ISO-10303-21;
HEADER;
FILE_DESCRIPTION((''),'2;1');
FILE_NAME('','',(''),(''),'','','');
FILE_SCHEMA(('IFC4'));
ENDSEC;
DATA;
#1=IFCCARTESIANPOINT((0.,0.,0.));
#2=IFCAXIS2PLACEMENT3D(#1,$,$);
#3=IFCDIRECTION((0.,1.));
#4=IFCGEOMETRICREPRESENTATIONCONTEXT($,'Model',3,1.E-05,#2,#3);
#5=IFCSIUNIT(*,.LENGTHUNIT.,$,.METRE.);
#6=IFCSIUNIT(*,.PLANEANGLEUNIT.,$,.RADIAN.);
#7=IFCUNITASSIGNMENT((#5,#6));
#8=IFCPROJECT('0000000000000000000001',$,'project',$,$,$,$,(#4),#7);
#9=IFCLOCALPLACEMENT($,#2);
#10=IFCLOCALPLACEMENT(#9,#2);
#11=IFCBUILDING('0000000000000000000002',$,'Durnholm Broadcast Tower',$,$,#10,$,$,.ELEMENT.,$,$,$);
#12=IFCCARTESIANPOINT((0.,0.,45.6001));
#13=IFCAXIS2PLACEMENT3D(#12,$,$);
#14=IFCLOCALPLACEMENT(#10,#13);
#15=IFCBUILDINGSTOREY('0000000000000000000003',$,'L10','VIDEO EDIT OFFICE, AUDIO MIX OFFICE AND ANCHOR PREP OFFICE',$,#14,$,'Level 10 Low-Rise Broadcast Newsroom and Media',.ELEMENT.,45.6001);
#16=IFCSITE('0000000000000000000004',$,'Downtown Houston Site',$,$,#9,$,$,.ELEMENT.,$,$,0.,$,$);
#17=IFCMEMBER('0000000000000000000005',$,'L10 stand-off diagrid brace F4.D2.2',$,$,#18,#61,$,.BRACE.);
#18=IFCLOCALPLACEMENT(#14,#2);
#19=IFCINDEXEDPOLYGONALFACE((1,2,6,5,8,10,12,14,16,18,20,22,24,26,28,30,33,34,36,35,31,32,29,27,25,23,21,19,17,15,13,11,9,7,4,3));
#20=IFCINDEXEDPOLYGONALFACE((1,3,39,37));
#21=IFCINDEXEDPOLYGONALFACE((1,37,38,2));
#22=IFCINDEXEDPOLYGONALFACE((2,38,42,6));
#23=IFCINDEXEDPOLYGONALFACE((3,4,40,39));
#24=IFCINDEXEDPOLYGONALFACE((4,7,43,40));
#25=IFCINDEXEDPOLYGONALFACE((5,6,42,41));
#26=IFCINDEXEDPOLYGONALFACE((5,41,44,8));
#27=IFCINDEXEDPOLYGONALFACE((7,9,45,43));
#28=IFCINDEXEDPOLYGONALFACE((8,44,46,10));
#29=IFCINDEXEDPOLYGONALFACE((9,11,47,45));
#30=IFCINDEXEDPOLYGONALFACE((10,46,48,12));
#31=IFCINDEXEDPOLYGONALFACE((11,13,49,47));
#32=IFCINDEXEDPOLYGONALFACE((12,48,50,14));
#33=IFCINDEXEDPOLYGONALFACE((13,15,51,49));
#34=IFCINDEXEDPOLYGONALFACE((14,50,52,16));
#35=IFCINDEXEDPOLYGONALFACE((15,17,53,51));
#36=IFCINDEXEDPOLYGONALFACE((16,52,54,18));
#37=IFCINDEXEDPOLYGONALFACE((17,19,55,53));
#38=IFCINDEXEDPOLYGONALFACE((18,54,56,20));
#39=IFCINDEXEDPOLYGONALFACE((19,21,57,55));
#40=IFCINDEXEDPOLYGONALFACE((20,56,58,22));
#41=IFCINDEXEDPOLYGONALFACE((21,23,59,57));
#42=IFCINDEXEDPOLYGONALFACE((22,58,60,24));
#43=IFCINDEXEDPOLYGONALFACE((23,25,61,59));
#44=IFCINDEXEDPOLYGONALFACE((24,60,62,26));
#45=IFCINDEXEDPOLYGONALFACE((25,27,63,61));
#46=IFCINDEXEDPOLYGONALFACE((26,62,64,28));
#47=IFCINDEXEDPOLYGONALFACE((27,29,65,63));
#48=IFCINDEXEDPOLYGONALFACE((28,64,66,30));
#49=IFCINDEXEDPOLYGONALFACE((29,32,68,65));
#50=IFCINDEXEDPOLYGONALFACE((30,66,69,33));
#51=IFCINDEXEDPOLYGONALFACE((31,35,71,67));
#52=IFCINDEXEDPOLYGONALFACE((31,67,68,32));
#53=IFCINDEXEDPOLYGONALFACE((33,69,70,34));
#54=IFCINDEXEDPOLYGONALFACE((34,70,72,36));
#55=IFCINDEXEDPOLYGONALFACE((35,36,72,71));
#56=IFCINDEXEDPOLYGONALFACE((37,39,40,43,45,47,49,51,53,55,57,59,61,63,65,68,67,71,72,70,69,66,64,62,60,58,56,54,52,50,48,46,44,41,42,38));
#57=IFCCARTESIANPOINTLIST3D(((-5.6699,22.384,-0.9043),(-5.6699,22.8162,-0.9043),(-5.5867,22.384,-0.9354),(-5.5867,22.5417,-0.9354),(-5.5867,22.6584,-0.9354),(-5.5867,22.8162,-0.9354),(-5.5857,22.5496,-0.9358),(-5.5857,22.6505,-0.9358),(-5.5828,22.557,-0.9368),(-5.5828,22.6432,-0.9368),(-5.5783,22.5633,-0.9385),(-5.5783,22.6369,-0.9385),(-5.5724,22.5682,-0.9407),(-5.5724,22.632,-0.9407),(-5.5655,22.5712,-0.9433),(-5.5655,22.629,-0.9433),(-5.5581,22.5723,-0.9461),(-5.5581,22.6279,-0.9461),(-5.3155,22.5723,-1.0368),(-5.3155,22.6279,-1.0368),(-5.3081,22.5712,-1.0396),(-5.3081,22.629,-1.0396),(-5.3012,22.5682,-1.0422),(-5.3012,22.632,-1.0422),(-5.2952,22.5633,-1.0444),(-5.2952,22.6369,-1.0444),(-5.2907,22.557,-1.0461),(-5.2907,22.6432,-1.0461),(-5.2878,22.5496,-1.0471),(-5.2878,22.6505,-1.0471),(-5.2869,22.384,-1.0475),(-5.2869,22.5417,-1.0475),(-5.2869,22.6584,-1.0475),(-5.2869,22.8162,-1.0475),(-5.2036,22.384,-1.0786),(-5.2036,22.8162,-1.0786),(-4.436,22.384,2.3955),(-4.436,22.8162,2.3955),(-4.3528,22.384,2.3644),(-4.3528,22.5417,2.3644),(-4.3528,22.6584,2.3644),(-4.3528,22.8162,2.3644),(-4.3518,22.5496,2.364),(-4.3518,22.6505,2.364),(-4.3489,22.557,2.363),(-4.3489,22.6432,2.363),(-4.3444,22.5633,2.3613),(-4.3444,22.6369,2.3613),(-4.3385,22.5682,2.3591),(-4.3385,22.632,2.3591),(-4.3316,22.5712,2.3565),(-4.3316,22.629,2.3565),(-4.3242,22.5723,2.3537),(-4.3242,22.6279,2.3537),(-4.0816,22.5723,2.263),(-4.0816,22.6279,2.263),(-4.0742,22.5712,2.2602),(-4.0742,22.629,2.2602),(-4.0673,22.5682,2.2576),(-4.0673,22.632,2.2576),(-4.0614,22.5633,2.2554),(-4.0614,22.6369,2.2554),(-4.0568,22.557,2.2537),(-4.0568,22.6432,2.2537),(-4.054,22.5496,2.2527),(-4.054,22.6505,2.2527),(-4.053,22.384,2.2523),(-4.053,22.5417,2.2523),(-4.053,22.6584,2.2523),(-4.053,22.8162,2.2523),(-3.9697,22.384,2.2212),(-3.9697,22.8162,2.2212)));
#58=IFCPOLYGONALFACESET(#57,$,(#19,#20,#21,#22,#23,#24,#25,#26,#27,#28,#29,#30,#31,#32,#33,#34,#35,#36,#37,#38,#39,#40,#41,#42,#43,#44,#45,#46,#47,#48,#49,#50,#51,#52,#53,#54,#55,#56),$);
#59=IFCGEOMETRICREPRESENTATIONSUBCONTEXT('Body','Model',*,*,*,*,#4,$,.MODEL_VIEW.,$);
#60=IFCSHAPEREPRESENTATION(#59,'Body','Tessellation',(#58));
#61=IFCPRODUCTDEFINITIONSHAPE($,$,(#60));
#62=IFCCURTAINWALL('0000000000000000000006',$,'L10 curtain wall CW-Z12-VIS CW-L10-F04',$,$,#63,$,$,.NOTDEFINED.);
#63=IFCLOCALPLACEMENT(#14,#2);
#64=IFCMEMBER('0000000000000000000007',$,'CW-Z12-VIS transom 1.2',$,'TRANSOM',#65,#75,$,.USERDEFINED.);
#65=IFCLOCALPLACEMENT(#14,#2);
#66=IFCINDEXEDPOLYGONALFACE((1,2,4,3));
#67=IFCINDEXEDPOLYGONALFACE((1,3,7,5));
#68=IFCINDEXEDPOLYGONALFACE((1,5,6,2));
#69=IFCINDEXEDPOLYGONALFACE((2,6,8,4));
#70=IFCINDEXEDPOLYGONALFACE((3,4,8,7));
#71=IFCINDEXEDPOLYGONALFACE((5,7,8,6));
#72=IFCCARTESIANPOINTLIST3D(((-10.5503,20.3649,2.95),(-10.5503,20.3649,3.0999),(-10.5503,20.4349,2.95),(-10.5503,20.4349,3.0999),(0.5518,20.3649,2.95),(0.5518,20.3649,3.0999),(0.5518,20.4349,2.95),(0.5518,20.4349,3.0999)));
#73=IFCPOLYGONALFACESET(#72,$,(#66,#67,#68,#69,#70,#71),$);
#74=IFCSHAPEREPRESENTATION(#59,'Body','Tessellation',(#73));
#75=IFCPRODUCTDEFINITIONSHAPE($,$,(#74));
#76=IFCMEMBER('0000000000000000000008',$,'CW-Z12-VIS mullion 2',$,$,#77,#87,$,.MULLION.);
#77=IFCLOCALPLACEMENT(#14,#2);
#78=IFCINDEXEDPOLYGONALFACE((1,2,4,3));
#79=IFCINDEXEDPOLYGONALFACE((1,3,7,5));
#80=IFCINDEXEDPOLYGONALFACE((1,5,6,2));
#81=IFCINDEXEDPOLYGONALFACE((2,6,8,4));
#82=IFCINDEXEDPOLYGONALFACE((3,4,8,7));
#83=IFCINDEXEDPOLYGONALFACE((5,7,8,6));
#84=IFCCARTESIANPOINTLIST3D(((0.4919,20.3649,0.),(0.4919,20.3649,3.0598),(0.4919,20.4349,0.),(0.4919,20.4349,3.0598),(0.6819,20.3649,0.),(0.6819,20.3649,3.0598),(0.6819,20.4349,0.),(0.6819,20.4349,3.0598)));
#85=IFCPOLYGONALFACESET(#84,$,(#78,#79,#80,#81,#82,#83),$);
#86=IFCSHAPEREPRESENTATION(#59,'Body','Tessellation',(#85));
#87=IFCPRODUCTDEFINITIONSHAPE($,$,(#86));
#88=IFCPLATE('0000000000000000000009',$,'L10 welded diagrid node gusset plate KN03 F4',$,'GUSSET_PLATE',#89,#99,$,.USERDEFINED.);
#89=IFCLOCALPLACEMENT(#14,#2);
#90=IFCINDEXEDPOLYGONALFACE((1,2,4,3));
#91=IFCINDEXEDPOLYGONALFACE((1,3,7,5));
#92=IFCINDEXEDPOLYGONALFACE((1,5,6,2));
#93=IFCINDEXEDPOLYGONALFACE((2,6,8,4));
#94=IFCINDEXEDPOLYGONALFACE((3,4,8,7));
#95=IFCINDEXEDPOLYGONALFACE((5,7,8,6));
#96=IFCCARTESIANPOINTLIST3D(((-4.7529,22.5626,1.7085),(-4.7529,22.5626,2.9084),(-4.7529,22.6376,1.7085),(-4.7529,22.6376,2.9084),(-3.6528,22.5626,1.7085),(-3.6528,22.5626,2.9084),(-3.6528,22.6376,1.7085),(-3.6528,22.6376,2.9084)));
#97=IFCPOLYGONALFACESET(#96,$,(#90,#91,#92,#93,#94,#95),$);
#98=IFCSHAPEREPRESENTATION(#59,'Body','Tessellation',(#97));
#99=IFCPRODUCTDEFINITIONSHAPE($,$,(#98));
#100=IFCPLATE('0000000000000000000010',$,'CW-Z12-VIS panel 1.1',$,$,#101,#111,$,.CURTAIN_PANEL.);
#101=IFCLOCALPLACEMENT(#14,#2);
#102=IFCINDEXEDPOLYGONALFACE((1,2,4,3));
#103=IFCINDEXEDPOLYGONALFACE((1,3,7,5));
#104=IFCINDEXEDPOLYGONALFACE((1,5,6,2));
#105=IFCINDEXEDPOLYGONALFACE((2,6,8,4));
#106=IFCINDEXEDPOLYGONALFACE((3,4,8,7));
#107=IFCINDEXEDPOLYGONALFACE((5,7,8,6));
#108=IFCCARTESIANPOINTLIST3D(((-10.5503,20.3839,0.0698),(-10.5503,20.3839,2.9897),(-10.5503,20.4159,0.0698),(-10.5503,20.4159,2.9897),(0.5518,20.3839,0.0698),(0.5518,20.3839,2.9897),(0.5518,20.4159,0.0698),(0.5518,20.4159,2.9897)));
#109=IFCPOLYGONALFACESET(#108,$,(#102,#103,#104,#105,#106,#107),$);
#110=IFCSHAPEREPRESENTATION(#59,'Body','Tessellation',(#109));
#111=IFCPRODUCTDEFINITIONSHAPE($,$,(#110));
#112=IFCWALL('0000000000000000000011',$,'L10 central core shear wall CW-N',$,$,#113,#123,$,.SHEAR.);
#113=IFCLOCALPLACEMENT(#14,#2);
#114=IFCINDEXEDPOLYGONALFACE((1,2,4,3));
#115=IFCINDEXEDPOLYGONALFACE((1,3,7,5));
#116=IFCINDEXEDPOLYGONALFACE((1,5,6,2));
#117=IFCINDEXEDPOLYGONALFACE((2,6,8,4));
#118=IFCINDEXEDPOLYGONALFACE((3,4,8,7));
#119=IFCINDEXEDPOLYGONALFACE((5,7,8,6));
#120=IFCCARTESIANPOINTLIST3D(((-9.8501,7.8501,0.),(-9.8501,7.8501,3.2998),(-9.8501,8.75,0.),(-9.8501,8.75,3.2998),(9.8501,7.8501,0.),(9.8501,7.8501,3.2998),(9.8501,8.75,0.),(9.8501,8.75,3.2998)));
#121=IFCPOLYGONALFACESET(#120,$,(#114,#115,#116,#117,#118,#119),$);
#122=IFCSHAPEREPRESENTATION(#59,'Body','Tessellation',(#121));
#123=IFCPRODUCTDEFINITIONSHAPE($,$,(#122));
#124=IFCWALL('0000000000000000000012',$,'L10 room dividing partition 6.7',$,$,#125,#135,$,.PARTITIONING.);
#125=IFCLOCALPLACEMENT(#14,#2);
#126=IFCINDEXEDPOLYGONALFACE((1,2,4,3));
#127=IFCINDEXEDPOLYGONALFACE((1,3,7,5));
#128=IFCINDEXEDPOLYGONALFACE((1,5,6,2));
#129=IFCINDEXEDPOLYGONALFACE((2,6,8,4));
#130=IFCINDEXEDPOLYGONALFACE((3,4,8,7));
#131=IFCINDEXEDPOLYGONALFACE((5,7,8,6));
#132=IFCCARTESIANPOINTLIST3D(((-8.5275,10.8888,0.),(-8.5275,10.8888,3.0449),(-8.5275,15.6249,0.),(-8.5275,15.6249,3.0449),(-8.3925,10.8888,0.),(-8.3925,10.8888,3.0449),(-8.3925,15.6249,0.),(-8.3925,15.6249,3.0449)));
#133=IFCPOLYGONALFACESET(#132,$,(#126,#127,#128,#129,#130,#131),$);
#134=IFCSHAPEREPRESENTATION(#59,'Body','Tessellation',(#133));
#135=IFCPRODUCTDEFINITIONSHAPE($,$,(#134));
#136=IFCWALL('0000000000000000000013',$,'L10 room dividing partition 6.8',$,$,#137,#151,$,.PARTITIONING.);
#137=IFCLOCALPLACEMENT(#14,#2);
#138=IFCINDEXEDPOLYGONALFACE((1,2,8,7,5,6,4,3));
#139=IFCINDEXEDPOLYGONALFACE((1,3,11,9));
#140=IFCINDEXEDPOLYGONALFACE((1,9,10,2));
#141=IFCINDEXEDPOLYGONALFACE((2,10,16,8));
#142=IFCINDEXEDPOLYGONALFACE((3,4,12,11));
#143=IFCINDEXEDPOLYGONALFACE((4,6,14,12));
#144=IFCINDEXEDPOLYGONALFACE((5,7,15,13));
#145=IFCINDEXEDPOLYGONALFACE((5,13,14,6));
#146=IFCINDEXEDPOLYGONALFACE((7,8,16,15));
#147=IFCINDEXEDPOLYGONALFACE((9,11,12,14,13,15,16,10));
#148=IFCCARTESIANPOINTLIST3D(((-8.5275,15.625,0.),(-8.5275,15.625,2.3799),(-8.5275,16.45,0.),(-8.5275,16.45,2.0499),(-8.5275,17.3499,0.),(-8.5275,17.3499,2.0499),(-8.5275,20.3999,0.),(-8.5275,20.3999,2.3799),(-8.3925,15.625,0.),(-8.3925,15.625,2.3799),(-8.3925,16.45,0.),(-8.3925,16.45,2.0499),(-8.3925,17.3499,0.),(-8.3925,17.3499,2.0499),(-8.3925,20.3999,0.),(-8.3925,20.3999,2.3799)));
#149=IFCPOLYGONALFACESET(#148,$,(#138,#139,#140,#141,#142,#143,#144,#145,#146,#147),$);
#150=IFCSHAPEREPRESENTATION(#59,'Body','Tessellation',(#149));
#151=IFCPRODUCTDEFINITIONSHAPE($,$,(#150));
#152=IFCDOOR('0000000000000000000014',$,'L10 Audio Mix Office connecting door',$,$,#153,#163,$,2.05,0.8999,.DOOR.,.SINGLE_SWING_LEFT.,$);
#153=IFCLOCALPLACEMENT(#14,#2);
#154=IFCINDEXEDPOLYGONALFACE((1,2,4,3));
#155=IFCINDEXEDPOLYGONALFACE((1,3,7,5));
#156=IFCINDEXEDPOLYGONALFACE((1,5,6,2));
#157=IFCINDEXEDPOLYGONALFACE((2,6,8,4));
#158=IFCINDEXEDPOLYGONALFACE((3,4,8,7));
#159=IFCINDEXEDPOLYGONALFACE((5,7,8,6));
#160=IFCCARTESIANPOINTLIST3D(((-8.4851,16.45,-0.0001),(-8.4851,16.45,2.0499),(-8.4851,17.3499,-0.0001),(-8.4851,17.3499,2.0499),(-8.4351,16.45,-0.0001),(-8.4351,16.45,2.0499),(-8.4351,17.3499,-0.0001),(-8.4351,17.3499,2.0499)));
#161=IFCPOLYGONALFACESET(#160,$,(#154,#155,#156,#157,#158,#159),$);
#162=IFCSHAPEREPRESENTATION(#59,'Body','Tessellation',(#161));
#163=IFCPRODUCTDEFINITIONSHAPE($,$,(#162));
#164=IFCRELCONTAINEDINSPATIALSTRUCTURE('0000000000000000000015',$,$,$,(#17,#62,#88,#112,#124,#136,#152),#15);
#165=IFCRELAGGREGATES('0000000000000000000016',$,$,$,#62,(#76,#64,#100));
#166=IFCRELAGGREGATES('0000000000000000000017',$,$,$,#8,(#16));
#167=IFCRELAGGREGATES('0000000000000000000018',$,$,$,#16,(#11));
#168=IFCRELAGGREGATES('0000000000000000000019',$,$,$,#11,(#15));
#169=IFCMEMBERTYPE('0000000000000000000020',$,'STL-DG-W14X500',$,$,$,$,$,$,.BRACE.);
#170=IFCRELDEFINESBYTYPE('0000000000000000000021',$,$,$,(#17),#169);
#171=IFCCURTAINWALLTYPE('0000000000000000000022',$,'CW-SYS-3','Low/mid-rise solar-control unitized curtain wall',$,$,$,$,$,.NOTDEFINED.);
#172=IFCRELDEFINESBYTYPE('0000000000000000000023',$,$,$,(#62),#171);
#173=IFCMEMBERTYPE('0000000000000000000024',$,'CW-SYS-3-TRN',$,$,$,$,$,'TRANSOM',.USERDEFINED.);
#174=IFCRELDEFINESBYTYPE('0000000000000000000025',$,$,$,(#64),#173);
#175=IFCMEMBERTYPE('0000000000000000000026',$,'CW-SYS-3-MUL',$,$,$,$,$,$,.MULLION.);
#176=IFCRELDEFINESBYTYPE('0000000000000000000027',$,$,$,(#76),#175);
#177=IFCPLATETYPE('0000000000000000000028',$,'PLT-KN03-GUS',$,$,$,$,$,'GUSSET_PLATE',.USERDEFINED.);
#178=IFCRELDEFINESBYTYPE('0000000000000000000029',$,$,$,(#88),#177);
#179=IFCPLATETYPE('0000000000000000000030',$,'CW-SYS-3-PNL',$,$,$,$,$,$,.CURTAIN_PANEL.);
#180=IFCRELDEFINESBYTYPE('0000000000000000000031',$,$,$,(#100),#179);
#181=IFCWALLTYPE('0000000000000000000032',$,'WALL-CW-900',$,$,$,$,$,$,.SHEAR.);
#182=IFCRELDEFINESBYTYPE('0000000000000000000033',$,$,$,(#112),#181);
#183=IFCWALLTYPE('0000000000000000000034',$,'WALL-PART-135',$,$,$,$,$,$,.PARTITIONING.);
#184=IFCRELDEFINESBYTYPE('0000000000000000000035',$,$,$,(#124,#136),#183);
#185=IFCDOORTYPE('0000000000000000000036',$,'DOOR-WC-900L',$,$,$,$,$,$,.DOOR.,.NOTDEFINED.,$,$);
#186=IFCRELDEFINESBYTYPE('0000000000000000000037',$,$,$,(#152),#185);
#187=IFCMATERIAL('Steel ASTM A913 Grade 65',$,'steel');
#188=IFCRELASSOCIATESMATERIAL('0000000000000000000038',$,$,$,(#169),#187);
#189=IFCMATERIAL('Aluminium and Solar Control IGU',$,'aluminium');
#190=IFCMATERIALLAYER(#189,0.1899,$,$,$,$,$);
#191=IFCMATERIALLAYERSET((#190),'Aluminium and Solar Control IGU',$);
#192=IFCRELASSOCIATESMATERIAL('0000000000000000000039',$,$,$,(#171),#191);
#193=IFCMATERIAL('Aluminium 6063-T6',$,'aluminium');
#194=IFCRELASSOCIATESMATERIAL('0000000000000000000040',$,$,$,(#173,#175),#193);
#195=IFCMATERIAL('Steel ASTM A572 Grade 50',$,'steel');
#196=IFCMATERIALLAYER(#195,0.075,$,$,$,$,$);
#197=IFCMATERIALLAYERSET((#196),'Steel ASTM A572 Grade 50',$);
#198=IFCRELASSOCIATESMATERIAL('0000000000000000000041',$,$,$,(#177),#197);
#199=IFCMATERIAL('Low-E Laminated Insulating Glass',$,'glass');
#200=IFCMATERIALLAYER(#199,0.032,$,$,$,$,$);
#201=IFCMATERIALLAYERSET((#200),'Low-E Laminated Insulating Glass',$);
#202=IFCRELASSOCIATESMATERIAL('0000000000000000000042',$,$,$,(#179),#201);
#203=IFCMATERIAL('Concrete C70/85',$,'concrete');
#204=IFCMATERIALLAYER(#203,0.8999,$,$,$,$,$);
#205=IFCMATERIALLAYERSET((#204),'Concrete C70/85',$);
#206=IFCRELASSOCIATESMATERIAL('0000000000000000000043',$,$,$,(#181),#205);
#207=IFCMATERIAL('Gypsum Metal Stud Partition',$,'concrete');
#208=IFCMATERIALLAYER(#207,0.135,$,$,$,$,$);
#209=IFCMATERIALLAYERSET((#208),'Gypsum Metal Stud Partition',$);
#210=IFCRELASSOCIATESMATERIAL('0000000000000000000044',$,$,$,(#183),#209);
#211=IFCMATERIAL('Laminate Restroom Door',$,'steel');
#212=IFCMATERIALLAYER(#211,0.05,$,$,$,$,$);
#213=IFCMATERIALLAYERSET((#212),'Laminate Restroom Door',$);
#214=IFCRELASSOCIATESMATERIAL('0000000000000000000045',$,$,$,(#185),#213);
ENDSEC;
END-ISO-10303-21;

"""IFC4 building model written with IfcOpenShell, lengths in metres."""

from ifc_helpers import new_model, si_unit, direction, frame, frame_2d, origin, origin_2d, place, context, subcontext, project, spatial, rectangle, i_section, extrude, source, transform, mapped, material, layer, layer_set, material_profile, profile_set, type_object, type_shapes, element, fill, aggregate, save


model = new_model("IFC4")

# Units and contexts
model_context = context("Model", 3, precision=1e-05, world=origin(), true_north=direction((0.0, 1.0)))
body_context = subcontext(model_context, "Body", "Model", "MODEL_VIEW")
ifc_project = project(units=[si_unit("LENGTHUNIT", "METRE"), si_unit("PLANEANGLEUNIT", "RADIAN")], contexts=[model_context])

# Site, building, storey
site_placement = place(None, origin())
site = spatial("IfcSite", under=ifc_project, at=site_placement, Name="Downtown Houston Site", CompositionType="ELEMENT", RefElevation=0.0)
building_placement = place(site_placement, origin())
building = spatial("IfcBuilding", under=site, at=building_placement, Name="Durnholm Broadcast Tower", CompositionType="ELEMENT")
storey_placement = place(building_placement, frame((0.0, 0.0, 45.6001)))
storey = spatial("IfcBuildingStorey", under=building, at=storey_placement, Name="L10", Description="VIDEO EDIT OFFICE, AUDIO MIX OFFICE AND ANCHOR PREP OFFICE", LongName="Level 10 Low-Rise Broadcast Newsroom and Media", CompositionType="ELEMENT", Elevation=45.6001)

# Shared definitions
ifc_material_1 = material(Name="Concrete C70/85", Category="concrete")

# Member
ifc_material_2 = material(Name="Steel ASTM A913 Grade 65", Category="steel")
ifc_material_profile_1 = material_profile(ifc_material_2, i_section(OverallWidth=0.4321, OverallDepth=0.4978, WebThickness=0.0557, FlangeThickness=0.0889, FilletRadius=0.0305, at=origin_2d()), Name="W14X500")
ifc_profile_set_1 = profile_set([ifc_material_profile_1], Name="Steel ASTM A913 Grade 65")
member_type_1 = type_object("IfcMemberType", Name="STL-DG-W14X500", PredefinedType="BRACE", material=ifc_profile_set_1)
shared_shape_1 = source(origin(), body_context, "Body", "SweptSolid", [
    extrude(i_section(OverallWidth=0.4321, OverallDepth=0.4978, WebThickness=0.0557, FlangeThickness=0.0889, FilletRadius=0.0305, at=origin_2d()), origin(), (0.0, 0.0, 1.0), 3.5229),
])
type_shapes(member_type_1, [shared_shape_1])
for number, where, z_axis, x_axis, name in (
    (1, (-5.4368, 22.6001, -0.9915), (0.350242, 0.0, 0.936659), (0.0, 1.0, 0.0), "L10 stand-off diagrid brace F4.D2.2"),
):
    element("IfcMember", number, at=place(storey_placement, frame(where, z_axis=z_axis, x_axis=x_axis)), inside=storey, type_object=member_type_1, Name=name, PredefinedType="BRACE", context=body_context, shape_type="MappedRepresentation", body=[
        mapped(shared_shape_1, transform((0.0, 0.0, 0.0), x_axis=(1.0, 0.0, 0.0), y_axis=(0.0, 1.0, 0.0), z_axis=(0.0, 0.0, 1.0), scale=1.0)),
    ])

# Curtain wall, members
ifc_material_3 = material(Name="Aluminium and Solar Control IGU", Category="aluminium")
ifc_layer_1 = layer(ifc_material_3, 0.1899)
ifc_layer_set_1 = layer_set([ifc_layer_1], Name="Aluminium and Solar Control IGU")
curtain_wall_type = type_object("IfcCurtainWallType", Name="CW-SYS-3", Description="Low/mid-rise solar-control unitized curtain wall", PredefinedType="NOTDEFINED", material=ifc_layer_set_1)
curtain_wall_placement = place(storey_placement, origin())
curtain_wall = element("IfcCurtainWall", 2, at=curtain_wall_placement, inside=storey, type_object=curtain_wall_type, Name="L10 curtain wall CW-Z12-VIS CW-L10-F04", PredefinedType="NOTDEFINED")
ifc_material_4 = material(Name="Aluminium 6063-T6", Category="aluminium")
ifc_material_profile_2 = material_profile(ifc_material_4, rectangle(XDim=0.0701, YDim=0.1499, at=origin_2d()), Name="CWT70X150")
ifc_profile_set_2 = profile_set([ifc_material_profile_2], Name="Aluminium 6063-T6")
member_type_2 = type_object("IfcMemberType", Name="CW-SYS-3-TRN", ElementType="TRANSOM", PredefinedType="USERDEFINED", material=ifc_profile_set_2)
shared_shape_2 = source(origin(), body_context, "Body", "SweptSolid", [
    extrude(rectangle(XDim=0.0701, YDim=0.1499, at=origin_2d()), origin(), (0.0, 0.0, 1.0), 11.1021),
])
type_shapes(member_type_2, [shared_shape_2])
member_1_placement = place(storey_placement, frame((-10.5503, 20.3999, 3.0249), z_axis=(1.0, 0.0, 0.0), x_axis=(0.0, 1.0, 0.0)))
member_1 = element("IfcMember", 3, at=member_1_placement, type_object=member_type_2, Name="CW-Z12-VIS transom 1.2", ObjectType="TRANSOM", PredefinedType="USERDEFINED", context=body_context, shape_type="MappedRepresentation", body=[
    mapped(shared_shape_2, transform((0.0, 0.0, 0.0), x_axis=(1.0, 0.0, 0.0), y_axis=(0.0, 1.0, 0.0), z_axis=(0.0, 0.0, 1.0), scale=1.0)),
])
ifc_material_profile_3 = material_profile(ifc_material_4, rectangle(XDim=0.0701, YDim=0.1899, at=origin_2d()), Name="CWM70X190")
ifc_profile_set_3 = profile_set([ifc_material_profile_3], Name="Aluminium 6063-T6")
member_type_3 = type_object("IfcMemberType", Name="CW-SYS-3-MUL", PredefinedType="MULLION", material=ifc_profile_set_3)
shared_shape_3 = source(origin(), body_context, "Body", "SweptSolid", [
    extrude(rectangle(XDim=0.0701, YDim=0.1899, at=origin_2d()), origin(), (0.0, 0.0, 1.0), 3.0598),
])
type_shapes(member_type_3, [shared_shape_3])
member_2_placement = place(storey_placement, frame((0.5869, 20.3999, 0.0), z_axis=(0.0, 0.0, 1.0), x_axis=(0.0, 1.0, 0.0)))
member_2 = element("IfcMember", 4, at=member_2_placement, type_object=member_type_3, Name="CW-Z12-VIS mullion 2", PredefinedType="MULLION", context=body_context, shape_type="MappedRepresentation", body=[
    mapped(shared_shape_3, transform((0.0, 0.0, 0.0), x_axis=(1.0, 0.0, 0.0), y_axis=(0.0, 1.0, 0.0), z_axis=(0.0, 0.0, 1.0), scale=1.0)),
])

# Plates
ifc_material_5 = material(Name="Steel ASTM A572 Grade 50", Category="steel")
ifc_layer_2 = layer(ifc_material_5, 0.075)
ifc_layer_set_2 = layer_set([ifc_layer_2], Name="Steel ASTM A572 Grade 50")
plate_type_1 = type_object("IfcPlateType", Name="PLT-KN03-GUS", ElementType="GUSSET_PLATE", PredefinedType="USERDEFINED", material=ifc_layer_set_2)
shared_shape_4 = source(origin(), body_context, "Body", "SweptSolid", [
    extrude(rectangle(XDim=1.1001, YDim=0.075, at=origin_2d()), origin(), (0.0, 0.0, 1.0), 1.2),
])
type_shapes(plate_type_1, [shared_shape_4])
plate_1_placement = place(storey_placement, frame((-4.2029, 22.6001, 1.7085), z_axis=(0.0, 0.0, 1.0), x_axis=(-1.0, 0.0, 0.0)))
element("IfcPlate", 5, at=plate_1_placement, inside=storey, type_object=plate_type_1, Name="L10 welded diagrid node gusset plate KN03 F4", ObjectType="GUSSET_PLATE", PredefinedType="USERDEFINED", context=body_context, shape_type="MappedRepresentation", body=[
    mapped(shared_shape_4, transform((0.0, 0.0, 0.0), x_axis=(1.0, 0.0, 0.0), y_axis=(0.0, 1.0, 0.0), z_axis=(0.0, 0.0, 1.0), scale=1.0)),
])
ifc_material_6 = material(Name="Low-E Laminated Insulating Glass", Category="glass")
ifc_layer_3 = layer(ifc_material_6, 0.032)
ifc_layer_set_3 = layer_set([ifc_layer_3], Name="Low-E Laminated Insulating Glass")
plate_type_2 = type_object("IfcPlateType", Name="CW-SYS-3-PNL", PredefinedType="CURTAIN_PANEL", material=ifc_layer_set_3)
shared_shape_5 = source(origin(), body_context, "Body", "SweptSolid", [
    extrude(rectangle(XDim=11.1021, YDim=0.032, at=origin_2d()), origin(), (0.0, 0.0, 1.0), 2.9199),
])
type_shapes(plate_type_2, [shared_shape_5])
plate_2_placement = place(storey_placement, frame((-4.9993, 20.3999, 0.0698), z_axis=(0.0, 0.0, 1.0), x_axis=(1.0, 0.0, 0.0)))
plate_2 = element("IfcPlate", 6, at=plate_2_placement, type_object=plate_type_2, Name="CW-Z12-VIS panel 1.1", PredefinedType="CURTAIN_PANEL", context=body_context, shape_type="MappedRepresentation", body=[
    mapped(shared_shape_5, transform((0.0, 0.0, 0.0), x_axis=(1.0, 0.0, 0.0), y_axis=(0.0, 1.0, 0.0), z_axis=(0.0, 0.0, 1.0), scale=1.0)),
])
aggregate(curtain_wall, [member_2, member_1, plate_2])

# Walls
ifc_layer_4 = layer(ifc_material_1, 0.8999)
ifc_layer_set_4 = layer_set([ifc_layer_4], Name="Concrete C70/85")
wall_type_1 = type_object("IfcWallType", Name="WALL-CW-900", PredefinedType="SHEAR", material=ifc_layer_set_4)
wall_1_placement = place(storey_placement, frame((-9.8501, 8.3, 0.0), z_axis=(0.0, 0.0, 1.0), x_axis=(1.0, 0.0, 0.0)))
element("IfcWall", 7, at=wall_1_placement, inside=storey, type_object=wall_type_1, Name="L10 central core shear wall CW-N", PredefinedType="SHEAR", context=body_context, shape_type="SweptSolid", body=[
    extrude(rectangle(XDim=19.7002, YDim=0.8999, at=frame_2d((9.8501, 0.0))), origin(), (0.0, 0.0, 1.0), 3.2998),
])
ifc_material_7 = material(Name="Gypsum Metal Stud Partition", Category="concrete")
ifc_layer_5 = layer(ifc_material_7, 0.135)
ifc_layer_set_5 = layer_set([ifc_layer_5], Name="Gypsum Metal Stud Partition")
wall_type_2 = type_object("IfcWallType", Name="WALL-PART-135", PredefinedType="PARTITIONING", material=ifc_layer_set_5)
wall_2_placement = place(storey_placement, frame((-8.46, 15.625, 0.0), z_axis=(0.0, 0.0, 1.0), x_axis=(0.0, -1.0, 0.0)))
element("IfcWall", 8, at=wall_2_placement, inside=storey, type_object=wall_type_2, Name="L10 room dividing partition 6.7", PredefinedType="PARTITIONING", context=body_context, shape_type="SweptSolid", body=[
    extrude(rectangle(XDim=4.7361, YDim=0.135, at=frame_2d((2.3682, 0.0))), origin(), (0.0, 0.0, 1.0), 3.0449),
])

# Wall, opening, door
wall_3_placement = place(storey_placement, frame((-8.46, 20.3999, 0.0), z_axis=(0.0, 0.0, 1.0), x_axis=(0.0, -1.0, 0.0)))
wall_3 = element("IfcWall", 9, at=wall_3_placement, inside=storey, type_object=wall_type_2, Name="L10 room dividing partition 6.8", PredefinedType="PARTITIONING", context=body_context, shape_type="SweptSolid", body=[
    extrude(rectangle(XDim=4.7749, YDim=0.135, at=frame_2d((2.3875, 0.0))), origin(), (0.0, 0.0, 1.0), 2.3799),
])
opening_1_placement = place(wall_3_placement, frame((3.05, 0.0, 0.0)))
opening_1 = element("IfcOpeningElement", 10, at=opening_1_placement, cuts=wall_3, PredefinedType="OPENING", context=body_context, shape_type="SweptSolid", body=[
    extrude(rectangle(XDim=0.8999, YDim=2.05, at=frame_2d((0.45, 1.0249))), frame((0.0, 0.0776, 0.0), z_axis=(0.0, -1.0, 0.0), x_axis=(1.0, 0.0, 0.0)), (0.0, 0.0, 1.0), 0.155),
])
ifc_material_8 = material(Name="Laminate Restroom Door", Category="steel")
ifc_layer_6 = layer(ifc_material_8, 0.05)
ifc_layer_set_6 = layer_set([ifc_layer_6], Name="Laminate Restroom Door")
door_type_1 = type_object("IfcDoorType", Name="DOOR-WC-900L", OperationType="NOTDEFINED", PredefinedType="DOOR", material=ifc_layer_set_6)
shared_shape_6 = source(origin(), body_context, "Body", "SweptSolid", [
    extrude(rectangle(XDim=0.8999, YDim=2.05, at=frame_2d((0.45, 1.0249))), frame((0.0, 0.0249, 0.0), z_axis=(0.0, -1.0, 0.0), x_axis=(1.0, 0.0, 0.0)), (0.0, 0.0, 1.0), 0.05),
])
type_shapes(door_type_1, [shared_shape_6])
door_1_placement = place(opening_1_placement, origin())
door_1 = element("IfcDoor", 11, at=door_1_placement, inside=storey, type_object=door_type_1, Name="L10 Audio Mix Office connecting door", OperationType="SINGLE_SWING_LEFT", OverallHeight=2.05, OverallWidth=0.8999, PredefinedType="DOOR", context=body_context, shape_type="MappedRepresentation", body=[
    mapped(shared_shape_6, transform((0.0, 0.0, 0.0), x_axis=(1.0, 0.0, 0.0), y_axis=(0.0, 1.0, 0.0), z_axis=(0.0, 0.0, 1.0), scale=1.0)),
])
fill(opening_1, door_1)

save(model, "model.ifc")
